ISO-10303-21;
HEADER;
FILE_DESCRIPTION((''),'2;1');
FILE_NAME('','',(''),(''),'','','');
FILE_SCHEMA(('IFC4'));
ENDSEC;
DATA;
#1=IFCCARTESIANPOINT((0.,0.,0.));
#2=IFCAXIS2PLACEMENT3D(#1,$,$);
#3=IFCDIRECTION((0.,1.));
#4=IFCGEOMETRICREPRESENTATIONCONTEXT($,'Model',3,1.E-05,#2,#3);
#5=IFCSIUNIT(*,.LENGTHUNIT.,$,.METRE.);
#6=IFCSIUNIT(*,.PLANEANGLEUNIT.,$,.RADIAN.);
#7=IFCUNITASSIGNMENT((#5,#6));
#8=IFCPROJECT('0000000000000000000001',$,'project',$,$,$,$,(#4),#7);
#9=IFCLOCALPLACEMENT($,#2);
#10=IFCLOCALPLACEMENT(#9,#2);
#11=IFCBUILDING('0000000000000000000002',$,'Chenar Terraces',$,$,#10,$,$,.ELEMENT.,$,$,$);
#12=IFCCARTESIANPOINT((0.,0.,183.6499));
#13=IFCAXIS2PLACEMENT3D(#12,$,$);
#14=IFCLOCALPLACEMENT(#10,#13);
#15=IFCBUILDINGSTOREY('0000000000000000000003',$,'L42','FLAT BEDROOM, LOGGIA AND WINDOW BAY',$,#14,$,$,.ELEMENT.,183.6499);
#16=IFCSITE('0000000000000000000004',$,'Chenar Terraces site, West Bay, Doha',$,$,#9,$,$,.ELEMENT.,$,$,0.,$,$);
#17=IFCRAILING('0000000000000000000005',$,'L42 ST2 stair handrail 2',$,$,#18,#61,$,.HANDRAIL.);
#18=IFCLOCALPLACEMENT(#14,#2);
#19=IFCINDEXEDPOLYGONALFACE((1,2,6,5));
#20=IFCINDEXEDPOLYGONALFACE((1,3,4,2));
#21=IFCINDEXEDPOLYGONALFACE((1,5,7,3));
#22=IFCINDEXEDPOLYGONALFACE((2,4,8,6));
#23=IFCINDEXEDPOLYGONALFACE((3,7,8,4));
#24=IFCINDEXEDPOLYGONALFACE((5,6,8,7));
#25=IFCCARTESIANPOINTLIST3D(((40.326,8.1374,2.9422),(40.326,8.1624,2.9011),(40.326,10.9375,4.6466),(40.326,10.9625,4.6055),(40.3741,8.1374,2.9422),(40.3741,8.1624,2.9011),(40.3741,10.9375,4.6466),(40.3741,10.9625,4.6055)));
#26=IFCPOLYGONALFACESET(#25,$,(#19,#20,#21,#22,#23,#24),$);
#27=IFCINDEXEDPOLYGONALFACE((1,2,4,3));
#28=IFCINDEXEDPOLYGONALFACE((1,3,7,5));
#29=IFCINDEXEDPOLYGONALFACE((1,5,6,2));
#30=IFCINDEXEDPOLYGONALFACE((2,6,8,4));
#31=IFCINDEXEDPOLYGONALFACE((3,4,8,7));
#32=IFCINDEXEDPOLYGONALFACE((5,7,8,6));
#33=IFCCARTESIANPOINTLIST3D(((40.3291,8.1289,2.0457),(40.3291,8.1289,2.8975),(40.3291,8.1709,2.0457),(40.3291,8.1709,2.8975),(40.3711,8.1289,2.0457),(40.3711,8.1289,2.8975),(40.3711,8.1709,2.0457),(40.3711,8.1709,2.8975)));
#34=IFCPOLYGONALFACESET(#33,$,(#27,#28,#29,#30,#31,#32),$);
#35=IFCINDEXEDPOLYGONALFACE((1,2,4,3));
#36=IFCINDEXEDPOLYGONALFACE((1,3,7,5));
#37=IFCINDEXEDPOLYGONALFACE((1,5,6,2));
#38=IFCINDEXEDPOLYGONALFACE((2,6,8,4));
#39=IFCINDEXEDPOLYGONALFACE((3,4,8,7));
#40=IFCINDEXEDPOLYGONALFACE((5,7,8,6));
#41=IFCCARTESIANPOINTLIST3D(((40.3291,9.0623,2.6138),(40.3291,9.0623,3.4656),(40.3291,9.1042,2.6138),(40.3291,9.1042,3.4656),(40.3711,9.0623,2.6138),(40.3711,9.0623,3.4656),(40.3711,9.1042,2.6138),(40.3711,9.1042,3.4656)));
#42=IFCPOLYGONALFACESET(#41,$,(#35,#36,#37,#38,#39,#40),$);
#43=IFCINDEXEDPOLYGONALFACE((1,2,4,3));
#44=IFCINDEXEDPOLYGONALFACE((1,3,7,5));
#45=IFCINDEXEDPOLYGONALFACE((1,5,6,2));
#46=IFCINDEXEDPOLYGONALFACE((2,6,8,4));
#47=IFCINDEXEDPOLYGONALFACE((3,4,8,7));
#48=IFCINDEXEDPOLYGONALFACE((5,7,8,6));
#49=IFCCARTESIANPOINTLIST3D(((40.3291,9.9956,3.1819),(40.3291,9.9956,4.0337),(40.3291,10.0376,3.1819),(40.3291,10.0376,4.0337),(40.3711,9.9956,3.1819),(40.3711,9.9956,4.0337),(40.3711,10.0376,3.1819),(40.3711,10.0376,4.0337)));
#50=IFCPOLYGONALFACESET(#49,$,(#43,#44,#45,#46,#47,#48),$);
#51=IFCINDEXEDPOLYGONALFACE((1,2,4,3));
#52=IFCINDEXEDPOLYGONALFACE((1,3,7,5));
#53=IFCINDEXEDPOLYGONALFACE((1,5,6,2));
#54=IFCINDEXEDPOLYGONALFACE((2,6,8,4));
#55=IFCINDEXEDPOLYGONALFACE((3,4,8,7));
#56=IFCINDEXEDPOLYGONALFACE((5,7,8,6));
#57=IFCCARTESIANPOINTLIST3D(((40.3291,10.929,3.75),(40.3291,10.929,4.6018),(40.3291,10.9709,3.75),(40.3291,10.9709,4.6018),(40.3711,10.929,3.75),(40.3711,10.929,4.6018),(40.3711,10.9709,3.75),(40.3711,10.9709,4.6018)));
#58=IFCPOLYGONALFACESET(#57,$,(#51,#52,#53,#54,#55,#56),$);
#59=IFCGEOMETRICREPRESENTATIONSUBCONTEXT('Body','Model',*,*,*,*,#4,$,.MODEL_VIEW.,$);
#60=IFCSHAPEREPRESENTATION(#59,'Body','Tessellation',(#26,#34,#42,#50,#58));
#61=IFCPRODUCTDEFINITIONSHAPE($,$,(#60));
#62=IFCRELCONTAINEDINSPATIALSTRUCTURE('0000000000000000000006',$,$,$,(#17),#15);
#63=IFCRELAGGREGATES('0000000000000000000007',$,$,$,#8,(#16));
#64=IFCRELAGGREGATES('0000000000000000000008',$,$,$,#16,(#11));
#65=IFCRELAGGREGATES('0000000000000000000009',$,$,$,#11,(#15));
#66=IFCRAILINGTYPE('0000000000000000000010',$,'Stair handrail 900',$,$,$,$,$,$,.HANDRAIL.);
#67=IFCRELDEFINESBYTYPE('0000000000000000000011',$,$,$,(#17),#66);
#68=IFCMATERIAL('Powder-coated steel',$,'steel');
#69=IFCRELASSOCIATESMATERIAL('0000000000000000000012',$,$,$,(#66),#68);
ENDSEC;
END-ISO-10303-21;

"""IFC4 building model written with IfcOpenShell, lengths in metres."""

from ifc_helpers import new_model, si_unit, direction, frame, origin, origin_2d, place, context, subcontext, project, spatial, rectangle, extrude, material, type_object, element, save


model = new_model("IFC4")

# Units and contexts
model_context = context("Model", 3, precision=1e-05, world=origin(), true_north=direction((0.0, 1.0)))
body_context = subcontext(model_context, "Body", "Model", "MODEL_VIEW")
ifc_project = project(units=[si_unit("LENGTHUNIT", "METRE"), si_unit("PLANEANGLEUNIT", "RADIAN")], contexts=[model_context])

# Site, building, storey
site_placement = place(None, origin())
site = spatial("IfcSite", under=ifc_project, at=site_placement, Name="Chenar Terraces site, West Bay, Doha", CompositionType="ELEMENT", RefElevation=0.0)
building_placement = place(site_placement, origin())
building = spatial("IfcBuilding", under=site, at=building_placement, Name="Chenar Terraces", CompositionType="ELEMENT")
storey_placement = place(building_placement, frame((0.0, 0.0, 183.6499)))
storey = spatial("IfcBuildingStorey", under=building, at=storey_placement, Name="L42", Description="FLAT BEDROOM, LOGGIA AND WINDOW BAY", CompositionType="ELEMENT", Elevation=183.6499)

# Railing
ifc_material_1 = material(Name="Powder-coated steel", Category="steel")
railing_type_1 = type_object("IfcRailingType", Name="Stair handrail 900", PredefinedType="HANDRAIL", material=ifc_material_1)
railing_1_placement = place(storey_placement, frame((40.3501, 8.1499, 2.0457)))
element("IfcRailing", 1, at=railing_1_placement, inside=storey, type_object=railing_type_1, Name="L42 ST2 stair handrail 2", PredefinedType="HANDRAIL", context=body_context, shape_type="SweptSolid", body=[
    extrude(rectangle(XDim=0.0481, YDim=0.0481, at=origin_2d()), frame((0.0, 0.0, 0.876), z_axis=(0.0, 0.854203, 0.51994), x_axis=(-1.0, 0.0, 0.0)), (0.0, 0.0, 1.0), 3.2781),
    extrude(rectangle(XDim=0.042, YDim=0.042, at=origin_2d()), origin(), (0.0, 0.0, 1.0), 0.8518),
    extrude(rectangle(XDim=0.042, YDim=0.042, at=origin_2d()), frame((0.0, 0.9333, 0.5681)), (0.0, 0.0, 1.0), 0.8518),
    extrude(rectangle(XDim=0.042, YDim=0.042, at=origin_2d()), frame((0.0, 1.8667, 1.1362)), (0.0, 0.0, 1.0), 0.8518),
    extrude(rectangle(XDim=0.042, YDim=0.042, at=origin_2d()), frame((0.0, 2.8, 1.7043)), (0.0, 0.0, 1.0), 0.8518),
])

save(model, "model.ifc")
